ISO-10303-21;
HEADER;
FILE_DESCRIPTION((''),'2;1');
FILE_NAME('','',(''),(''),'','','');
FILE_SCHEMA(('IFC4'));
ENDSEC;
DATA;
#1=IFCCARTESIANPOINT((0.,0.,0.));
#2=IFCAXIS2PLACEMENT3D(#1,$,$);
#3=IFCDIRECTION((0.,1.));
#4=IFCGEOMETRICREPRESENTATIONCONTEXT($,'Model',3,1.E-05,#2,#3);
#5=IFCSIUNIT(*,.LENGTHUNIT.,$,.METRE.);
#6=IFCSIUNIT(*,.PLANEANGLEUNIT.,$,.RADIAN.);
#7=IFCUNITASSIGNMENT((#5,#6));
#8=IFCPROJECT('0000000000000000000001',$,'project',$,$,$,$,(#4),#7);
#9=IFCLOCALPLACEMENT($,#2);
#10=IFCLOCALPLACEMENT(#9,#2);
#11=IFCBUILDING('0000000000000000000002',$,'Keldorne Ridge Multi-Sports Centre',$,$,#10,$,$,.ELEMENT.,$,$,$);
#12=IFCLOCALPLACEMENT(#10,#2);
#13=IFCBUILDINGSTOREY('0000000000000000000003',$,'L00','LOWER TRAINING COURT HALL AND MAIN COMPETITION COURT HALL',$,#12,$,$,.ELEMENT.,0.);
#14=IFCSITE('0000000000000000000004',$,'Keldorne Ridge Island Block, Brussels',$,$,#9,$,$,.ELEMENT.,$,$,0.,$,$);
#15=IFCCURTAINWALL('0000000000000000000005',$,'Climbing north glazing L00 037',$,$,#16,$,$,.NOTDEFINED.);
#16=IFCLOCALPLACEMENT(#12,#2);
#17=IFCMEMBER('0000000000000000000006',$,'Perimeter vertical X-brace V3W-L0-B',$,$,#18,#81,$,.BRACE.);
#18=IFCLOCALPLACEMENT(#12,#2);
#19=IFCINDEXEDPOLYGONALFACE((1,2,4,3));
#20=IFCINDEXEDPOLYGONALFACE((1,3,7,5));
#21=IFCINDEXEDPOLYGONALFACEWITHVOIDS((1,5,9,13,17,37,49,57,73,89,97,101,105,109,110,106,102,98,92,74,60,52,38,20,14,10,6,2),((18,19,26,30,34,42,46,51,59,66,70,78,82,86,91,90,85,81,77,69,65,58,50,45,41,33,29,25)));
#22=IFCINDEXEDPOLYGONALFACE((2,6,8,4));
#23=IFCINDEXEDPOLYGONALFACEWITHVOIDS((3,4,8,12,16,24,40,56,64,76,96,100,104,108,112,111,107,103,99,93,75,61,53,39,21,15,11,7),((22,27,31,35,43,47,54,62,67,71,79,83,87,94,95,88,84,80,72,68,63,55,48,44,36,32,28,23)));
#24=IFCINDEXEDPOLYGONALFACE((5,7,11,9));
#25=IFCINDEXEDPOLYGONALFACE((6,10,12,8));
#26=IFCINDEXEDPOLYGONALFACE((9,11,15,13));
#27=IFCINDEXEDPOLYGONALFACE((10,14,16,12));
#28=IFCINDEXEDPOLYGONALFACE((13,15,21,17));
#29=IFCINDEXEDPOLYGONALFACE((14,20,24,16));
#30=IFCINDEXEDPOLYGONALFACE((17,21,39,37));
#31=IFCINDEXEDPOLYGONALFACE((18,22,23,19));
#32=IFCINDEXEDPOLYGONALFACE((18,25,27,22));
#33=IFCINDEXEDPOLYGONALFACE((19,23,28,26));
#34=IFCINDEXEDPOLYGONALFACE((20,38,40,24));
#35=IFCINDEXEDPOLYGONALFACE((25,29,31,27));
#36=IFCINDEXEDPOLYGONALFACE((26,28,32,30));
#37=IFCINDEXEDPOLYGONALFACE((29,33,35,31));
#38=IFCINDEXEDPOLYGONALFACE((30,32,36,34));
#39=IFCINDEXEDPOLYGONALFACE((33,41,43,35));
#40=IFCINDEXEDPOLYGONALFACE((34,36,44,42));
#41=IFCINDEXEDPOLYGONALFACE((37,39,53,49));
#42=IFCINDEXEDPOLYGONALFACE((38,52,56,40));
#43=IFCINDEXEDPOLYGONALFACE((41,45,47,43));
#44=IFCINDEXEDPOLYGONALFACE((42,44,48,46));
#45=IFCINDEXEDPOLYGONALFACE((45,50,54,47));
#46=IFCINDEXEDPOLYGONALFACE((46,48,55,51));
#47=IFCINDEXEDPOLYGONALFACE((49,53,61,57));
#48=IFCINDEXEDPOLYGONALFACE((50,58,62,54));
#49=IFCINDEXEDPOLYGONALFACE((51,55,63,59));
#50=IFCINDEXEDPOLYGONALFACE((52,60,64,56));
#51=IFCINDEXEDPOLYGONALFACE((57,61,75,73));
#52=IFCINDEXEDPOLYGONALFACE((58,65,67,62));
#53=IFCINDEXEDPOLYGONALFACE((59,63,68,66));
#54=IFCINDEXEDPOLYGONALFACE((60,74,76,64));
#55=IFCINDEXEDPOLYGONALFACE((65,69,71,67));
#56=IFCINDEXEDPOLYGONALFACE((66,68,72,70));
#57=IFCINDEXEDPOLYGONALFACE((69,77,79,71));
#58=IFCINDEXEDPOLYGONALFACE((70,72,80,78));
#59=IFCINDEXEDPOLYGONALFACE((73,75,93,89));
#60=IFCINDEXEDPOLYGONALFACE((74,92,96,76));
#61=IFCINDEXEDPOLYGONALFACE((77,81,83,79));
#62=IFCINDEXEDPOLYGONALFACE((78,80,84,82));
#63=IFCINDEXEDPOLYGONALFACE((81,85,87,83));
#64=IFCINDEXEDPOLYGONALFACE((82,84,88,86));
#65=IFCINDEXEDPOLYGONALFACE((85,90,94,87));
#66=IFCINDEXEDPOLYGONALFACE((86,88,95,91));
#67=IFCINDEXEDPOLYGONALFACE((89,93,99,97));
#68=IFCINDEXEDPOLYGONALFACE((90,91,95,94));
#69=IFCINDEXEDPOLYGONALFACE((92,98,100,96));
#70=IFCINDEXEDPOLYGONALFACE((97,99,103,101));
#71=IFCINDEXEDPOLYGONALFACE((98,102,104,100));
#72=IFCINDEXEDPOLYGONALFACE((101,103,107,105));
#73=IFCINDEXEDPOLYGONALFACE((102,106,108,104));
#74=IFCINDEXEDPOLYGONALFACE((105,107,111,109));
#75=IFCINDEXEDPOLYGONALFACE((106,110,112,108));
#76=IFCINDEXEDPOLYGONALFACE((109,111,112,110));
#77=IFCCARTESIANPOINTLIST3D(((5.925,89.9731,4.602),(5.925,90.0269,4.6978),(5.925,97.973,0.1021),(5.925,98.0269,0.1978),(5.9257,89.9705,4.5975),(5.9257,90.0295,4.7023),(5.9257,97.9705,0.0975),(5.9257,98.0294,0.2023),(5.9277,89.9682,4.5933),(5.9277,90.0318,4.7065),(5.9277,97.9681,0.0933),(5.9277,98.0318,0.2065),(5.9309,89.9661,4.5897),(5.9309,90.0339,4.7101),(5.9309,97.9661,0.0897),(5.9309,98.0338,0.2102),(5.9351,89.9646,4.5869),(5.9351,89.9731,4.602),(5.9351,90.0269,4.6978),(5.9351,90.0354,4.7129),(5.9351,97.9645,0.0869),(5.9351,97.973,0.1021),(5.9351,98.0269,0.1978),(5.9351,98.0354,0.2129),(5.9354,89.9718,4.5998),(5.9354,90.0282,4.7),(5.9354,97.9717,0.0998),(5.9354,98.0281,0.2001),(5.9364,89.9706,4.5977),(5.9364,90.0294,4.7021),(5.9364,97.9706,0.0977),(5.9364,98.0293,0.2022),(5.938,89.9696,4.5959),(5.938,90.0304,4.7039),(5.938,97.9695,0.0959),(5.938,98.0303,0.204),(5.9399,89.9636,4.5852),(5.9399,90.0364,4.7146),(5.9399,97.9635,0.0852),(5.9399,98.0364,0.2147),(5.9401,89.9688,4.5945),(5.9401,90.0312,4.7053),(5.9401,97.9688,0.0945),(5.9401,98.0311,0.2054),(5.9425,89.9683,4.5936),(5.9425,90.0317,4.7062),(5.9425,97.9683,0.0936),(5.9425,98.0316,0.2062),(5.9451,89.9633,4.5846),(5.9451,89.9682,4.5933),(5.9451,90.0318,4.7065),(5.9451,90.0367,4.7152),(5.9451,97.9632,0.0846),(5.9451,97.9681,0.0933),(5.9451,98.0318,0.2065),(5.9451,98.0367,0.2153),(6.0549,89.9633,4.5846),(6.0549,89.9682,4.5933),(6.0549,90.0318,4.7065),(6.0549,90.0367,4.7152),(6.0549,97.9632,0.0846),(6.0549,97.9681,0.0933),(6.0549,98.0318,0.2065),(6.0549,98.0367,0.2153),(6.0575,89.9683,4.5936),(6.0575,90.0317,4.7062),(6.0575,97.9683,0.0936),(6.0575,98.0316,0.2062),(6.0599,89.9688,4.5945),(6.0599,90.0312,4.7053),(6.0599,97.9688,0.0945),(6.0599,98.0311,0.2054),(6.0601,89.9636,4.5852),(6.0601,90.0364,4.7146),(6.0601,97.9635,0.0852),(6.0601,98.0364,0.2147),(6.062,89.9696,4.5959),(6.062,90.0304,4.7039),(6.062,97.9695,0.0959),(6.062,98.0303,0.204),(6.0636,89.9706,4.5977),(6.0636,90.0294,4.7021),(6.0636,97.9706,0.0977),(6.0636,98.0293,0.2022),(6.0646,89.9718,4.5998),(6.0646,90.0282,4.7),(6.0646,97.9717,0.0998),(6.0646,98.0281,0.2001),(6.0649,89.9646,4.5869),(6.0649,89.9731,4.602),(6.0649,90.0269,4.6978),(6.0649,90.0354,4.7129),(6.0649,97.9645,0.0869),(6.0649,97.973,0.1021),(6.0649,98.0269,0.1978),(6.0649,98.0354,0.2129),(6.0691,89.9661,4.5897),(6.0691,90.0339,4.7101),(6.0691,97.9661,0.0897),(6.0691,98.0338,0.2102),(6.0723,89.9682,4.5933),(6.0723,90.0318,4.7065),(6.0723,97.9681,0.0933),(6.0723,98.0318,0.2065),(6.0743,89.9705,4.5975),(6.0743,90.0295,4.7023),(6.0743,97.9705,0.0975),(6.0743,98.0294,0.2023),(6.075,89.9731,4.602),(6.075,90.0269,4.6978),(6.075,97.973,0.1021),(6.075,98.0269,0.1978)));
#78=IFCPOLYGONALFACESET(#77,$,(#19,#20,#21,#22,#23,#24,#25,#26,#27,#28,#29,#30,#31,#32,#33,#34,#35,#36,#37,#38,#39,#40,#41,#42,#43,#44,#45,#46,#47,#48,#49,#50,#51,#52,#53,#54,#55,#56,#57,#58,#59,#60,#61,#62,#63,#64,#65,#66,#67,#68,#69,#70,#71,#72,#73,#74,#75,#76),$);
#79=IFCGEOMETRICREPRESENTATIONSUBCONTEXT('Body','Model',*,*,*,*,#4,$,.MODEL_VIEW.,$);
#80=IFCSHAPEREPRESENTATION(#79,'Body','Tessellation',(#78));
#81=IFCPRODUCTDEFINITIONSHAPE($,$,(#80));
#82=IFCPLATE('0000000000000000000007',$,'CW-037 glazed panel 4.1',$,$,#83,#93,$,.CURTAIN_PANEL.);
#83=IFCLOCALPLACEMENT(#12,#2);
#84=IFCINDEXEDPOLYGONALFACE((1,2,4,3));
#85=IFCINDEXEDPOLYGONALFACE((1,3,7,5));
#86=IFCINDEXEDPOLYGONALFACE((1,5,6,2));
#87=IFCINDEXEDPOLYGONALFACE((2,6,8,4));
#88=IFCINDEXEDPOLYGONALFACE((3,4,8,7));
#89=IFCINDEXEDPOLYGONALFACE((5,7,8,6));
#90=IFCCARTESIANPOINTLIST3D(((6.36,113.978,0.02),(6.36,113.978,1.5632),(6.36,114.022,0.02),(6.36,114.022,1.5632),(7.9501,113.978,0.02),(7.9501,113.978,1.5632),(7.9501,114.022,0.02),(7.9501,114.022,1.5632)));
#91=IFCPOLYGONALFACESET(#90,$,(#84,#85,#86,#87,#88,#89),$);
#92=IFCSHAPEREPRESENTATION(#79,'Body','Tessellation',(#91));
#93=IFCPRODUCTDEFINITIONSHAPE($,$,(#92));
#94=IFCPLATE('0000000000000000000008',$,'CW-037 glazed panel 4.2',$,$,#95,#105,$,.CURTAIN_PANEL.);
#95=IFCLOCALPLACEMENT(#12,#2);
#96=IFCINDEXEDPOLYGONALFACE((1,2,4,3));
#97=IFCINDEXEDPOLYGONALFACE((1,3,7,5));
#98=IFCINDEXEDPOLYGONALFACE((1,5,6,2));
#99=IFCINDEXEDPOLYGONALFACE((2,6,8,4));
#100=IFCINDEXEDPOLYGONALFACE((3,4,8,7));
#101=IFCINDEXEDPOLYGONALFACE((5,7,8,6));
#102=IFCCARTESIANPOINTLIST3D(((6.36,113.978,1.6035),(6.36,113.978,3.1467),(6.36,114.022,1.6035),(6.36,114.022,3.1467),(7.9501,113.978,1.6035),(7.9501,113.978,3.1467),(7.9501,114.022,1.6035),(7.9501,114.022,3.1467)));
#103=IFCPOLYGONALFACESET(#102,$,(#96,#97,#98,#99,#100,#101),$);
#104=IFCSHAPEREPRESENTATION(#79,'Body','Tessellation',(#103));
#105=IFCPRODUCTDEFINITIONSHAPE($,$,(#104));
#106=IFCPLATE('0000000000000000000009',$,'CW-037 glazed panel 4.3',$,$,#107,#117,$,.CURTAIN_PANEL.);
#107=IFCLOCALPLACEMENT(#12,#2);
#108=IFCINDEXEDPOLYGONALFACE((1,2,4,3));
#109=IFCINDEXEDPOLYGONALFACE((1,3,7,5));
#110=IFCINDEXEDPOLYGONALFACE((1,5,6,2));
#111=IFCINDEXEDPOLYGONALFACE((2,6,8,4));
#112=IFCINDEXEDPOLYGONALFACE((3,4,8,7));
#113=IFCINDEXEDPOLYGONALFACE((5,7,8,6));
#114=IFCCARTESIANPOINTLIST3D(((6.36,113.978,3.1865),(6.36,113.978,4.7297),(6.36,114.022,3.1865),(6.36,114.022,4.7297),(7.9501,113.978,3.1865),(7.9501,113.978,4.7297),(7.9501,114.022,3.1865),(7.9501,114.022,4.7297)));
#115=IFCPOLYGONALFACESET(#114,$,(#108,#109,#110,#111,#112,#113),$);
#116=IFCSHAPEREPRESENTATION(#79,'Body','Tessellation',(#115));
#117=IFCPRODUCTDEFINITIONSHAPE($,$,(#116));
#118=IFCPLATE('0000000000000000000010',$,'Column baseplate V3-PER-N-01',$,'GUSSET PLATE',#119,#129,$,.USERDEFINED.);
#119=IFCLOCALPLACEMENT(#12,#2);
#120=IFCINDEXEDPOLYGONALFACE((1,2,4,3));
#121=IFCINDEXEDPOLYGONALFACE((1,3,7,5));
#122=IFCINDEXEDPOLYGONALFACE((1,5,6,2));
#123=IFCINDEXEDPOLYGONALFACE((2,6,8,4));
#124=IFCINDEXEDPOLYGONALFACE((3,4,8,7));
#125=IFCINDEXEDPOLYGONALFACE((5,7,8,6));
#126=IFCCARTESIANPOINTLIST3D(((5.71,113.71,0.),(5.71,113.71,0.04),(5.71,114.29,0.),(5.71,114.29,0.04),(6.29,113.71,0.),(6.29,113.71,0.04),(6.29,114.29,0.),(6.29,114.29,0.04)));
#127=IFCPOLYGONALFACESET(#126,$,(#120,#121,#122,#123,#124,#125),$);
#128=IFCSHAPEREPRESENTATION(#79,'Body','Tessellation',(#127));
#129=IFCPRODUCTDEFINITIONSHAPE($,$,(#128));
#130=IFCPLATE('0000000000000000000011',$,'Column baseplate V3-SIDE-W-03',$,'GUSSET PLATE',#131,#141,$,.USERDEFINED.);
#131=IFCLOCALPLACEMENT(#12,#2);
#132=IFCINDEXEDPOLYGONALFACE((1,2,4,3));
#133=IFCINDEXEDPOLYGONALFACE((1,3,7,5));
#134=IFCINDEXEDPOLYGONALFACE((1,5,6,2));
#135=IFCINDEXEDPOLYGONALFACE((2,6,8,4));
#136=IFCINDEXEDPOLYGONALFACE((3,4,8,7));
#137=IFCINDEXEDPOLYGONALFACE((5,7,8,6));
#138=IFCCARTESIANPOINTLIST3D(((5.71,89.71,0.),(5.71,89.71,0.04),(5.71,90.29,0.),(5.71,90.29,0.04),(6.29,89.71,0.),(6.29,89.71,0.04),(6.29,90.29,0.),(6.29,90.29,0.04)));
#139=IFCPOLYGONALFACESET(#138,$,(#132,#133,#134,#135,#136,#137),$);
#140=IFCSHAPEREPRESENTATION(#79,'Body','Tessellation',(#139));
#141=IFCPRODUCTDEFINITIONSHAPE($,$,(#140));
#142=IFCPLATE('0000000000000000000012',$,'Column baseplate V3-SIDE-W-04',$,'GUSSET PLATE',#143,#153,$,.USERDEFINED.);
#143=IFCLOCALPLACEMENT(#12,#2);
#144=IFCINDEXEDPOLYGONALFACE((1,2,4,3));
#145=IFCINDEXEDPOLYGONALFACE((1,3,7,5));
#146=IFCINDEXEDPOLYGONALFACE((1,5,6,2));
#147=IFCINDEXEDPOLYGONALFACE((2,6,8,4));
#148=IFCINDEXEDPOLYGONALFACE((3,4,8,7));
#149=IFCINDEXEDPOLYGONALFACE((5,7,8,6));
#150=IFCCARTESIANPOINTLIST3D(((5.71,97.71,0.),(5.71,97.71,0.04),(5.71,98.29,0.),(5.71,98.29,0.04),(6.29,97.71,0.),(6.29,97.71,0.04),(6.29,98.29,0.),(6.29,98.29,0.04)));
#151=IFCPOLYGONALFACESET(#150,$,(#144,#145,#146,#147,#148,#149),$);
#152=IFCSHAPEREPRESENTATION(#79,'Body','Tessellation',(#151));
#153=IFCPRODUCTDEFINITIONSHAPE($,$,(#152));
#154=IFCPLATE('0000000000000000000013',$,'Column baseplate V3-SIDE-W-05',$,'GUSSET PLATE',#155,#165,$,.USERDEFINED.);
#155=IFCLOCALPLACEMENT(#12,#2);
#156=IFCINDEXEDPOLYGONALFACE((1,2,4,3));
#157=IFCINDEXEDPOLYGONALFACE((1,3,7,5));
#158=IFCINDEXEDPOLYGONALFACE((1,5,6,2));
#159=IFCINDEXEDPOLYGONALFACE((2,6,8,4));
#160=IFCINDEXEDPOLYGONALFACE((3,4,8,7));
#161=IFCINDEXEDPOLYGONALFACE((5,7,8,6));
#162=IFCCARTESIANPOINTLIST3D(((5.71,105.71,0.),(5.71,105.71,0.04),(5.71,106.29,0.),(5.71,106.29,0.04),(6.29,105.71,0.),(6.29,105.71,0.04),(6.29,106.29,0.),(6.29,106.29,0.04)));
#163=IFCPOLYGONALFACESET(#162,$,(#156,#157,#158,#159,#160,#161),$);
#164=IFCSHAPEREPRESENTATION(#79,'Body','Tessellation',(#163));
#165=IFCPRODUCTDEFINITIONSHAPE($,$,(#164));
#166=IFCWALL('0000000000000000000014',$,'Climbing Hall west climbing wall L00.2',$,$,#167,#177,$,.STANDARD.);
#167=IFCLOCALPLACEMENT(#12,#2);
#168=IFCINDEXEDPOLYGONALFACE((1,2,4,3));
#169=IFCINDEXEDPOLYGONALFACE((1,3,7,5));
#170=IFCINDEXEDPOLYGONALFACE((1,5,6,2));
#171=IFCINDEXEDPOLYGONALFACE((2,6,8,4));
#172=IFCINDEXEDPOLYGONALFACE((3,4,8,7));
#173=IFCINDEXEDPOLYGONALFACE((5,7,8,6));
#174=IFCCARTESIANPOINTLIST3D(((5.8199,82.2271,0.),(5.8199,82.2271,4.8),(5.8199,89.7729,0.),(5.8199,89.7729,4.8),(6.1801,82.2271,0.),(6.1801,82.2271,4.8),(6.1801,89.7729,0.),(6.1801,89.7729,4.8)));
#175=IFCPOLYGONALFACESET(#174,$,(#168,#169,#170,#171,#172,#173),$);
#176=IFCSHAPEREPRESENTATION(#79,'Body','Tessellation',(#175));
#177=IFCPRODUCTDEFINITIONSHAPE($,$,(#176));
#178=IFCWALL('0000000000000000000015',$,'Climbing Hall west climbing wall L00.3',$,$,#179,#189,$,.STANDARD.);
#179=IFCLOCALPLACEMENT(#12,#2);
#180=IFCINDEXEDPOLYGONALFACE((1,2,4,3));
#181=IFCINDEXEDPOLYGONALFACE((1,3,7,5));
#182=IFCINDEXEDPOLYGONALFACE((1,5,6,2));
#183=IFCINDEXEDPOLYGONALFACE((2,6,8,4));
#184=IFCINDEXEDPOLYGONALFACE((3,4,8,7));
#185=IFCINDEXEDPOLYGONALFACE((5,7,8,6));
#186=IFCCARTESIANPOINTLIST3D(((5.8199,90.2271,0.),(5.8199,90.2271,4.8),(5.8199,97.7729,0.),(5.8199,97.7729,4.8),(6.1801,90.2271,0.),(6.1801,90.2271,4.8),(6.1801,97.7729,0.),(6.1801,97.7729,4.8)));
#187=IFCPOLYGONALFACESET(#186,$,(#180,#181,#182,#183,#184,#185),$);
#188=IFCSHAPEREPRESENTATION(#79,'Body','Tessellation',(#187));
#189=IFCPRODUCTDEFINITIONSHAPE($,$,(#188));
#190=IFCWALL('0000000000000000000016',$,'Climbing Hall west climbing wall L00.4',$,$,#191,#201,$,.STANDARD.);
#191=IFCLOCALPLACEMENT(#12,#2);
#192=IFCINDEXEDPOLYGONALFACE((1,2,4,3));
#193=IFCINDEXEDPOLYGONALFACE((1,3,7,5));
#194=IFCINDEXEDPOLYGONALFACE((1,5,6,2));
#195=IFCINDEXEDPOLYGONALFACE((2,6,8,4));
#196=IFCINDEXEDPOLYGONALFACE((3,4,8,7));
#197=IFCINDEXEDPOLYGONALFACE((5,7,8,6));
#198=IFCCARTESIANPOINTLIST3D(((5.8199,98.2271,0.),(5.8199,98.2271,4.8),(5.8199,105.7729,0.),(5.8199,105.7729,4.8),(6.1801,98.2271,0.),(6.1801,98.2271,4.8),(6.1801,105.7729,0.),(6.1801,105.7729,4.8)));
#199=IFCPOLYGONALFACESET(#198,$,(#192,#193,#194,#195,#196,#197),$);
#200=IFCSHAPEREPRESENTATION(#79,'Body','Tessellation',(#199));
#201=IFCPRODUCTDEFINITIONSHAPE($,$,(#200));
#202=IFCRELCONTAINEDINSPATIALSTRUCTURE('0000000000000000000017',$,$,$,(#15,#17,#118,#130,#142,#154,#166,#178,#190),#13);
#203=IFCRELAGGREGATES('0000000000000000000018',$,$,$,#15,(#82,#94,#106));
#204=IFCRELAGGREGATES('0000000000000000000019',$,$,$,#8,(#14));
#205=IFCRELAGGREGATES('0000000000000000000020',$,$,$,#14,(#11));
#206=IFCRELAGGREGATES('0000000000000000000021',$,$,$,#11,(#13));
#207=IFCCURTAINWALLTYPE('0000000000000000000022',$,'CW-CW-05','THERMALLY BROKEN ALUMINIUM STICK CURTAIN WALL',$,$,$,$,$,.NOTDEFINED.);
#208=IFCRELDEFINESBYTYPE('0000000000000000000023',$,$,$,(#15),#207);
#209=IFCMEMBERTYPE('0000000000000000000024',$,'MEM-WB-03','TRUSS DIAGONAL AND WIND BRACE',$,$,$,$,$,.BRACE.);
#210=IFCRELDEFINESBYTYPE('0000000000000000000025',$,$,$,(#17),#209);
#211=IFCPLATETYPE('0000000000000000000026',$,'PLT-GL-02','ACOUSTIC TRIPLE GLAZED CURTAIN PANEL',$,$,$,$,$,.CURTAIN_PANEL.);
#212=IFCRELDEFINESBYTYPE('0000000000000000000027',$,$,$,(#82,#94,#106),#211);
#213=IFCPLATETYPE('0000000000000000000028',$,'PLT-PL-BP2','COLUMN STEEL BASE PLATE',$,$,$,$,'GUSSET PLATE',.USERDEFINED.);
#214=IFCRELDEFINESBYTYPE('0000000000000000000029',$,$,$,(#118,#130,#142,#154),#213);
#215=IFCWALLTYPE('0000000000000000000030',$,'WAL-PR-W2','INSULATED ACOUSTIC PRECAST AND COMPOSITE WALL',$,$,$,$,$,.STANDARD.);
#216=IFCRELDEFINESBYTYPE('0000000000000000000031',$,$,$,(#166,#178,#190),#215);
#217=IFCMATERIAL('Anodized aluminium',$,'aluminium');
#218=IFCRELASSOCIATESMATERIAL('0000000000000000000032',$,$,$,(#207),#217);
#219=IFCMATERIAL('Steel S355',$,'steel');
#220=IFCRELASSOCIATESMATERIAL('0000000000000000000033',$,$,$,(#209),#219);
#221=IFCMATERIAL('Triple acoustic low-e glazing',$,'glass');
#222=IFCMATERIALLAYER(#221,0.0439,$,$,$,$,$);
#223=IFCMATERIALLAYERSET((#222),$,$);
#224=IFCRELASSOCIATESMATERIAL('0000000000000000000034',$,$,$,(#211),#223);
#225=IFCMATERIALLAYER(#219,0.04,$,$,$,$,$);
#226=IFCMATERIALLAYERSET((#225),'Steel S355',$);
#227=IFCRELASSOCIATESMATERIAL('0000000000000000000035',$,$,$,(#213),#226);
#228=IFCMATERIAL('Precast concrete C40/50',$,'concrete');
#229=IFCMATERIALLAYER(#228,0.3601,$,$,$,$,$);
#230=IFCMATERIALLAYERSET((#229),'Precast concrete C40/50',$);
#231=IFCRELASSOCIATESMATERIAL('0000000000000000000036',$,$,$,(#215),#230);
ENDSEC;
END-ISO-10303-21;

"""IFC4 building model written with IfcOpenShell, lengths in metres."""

from ifc_helpers import new_model, si_unit, direction, frame, frame_2d, origin, origin_2d, place, context, subcontext, project, spatial, rectangle, hollow_rectangle, extrude, material, layer, layer_set, material_profile, profile_set, type_object, element, aggregate, save


model = new_model("IFC4")

# Units and contexts
model_context = context("Model", 3, precision=1e-05, world=origin(), true_north=direction((0.0, 1.0)))
body_context = subcontext(model_context, "Body", "Model", "MODEL_VIEW")
ifc_project = project(units=[si_unit("LENGTHUNIT", "METRE"), si_unit("PLANEANGLEUNIT", "RADIAN")], contexts=[model_context])

# Site, building, storey
site_placement = place(None, origin())
site = spatial("IfcSite", under=ifc_project, at=site_placement, Name="Keldorne Ridge Island Block, Brussels", CompositionType="ELEMENT", RefElevation=0.0)
building_placement = place(site_placement, origin())
building = spatial("IfcBuilding", under=site, at=building_placement, Name="Keldorne Ridge Multi-Sports Centre", CompositionType="ELEMENT")
storey_placement = place(building_placement, origin())
storey = spatial("IfcBuildingStorey", under=building, at=storey_placement, Name="L00", Description="LOWER TRAINING COURT HALL AND MAIN COMPETITION COURT HALL", CompositionType="ELEMENT", Elevation=0.0)

# Shared definitions
ifc_material_1 = material(Name="Steel S355", Category="steel")

# Curtain wall
ifc_material_2 = material(Name="Anodized aluminium", Category="aluminium")
curtain_wall_type = type_object("IfcCurtainWallType", Name="CW-CW-05", Description="THERMALLY BROKEN ALUMINIUM STICK CURTAIN WALL", PredefinedType="NOTDEFINED", material=ifc_material_2)
curtain_wall_placement = place(storey_placement, origin())
curtain_wall = element("IfcCurtainWall", 1, at=curtain_wall_placement, inside=storey, type_object=curtain_wall_type, Name="Climbing north glazing L00 037", PredefinedType="NOTDEFINED")

# Member
ifc_material_profile_1 = material_profile(ifc_material_1, hollow_rectangle(XDim=0.1499, YDim=0.1499, WallThickness=0.01, InnerFilletRadius=0.01, OuterFilletRadius=0.02, at=origin_2d()), Name="SHS 150x150x10")
ifc_profile_set_1 = profile_set([ifc_material_profile_1], Name="Steel S355")
member_type_1 = type_object("IfcMemberType", Name="MEM-WB-03", Description="TRUSS DIAGONAL AND WIND BRACE", PredefinedType="BRACE", material=ifc_profile_set_1)
for number, where, z_axis, x_axis, name in (
    (2, (6.0, 90.0, 4.6499), (0.0, 0.871576, -0.490261), (-1.0, 0.0, 0.0), "Perimeter vertical X-brace V3W-L0-B"),
):
    element("IfcMember", number, at=place(storey_placement, frame(where, z_axis=z_axis, x_axis=x_axis)), inside=storey, type_object=member_type_1, Name=name, PredefinedType="BRACE", context=body_context, shape_type="SweptSolid", body=[
        extrude(hollow_rectangle(XDim=0.1499, YDim=0.1499, WallThickness=0.01, InnerFilletRadius=0.01, OuterFilletRadius=0.02, at=origin_2d()), origin(), (0.0, 0.0, 1.0), 9.1787),
    ])

# Plates
ifc_material_3 = material(Name="Triple acoustic low-e glazing", Category="glass")
ifc_layer_1 = layer(ifc_material_3, 0.0439)
ifc_layer_set_1 = layer_set([ifc_layer_1])
plate_type_1 = type_object("IfcPlateType", Name="PLT-GL-02", Description="ACOUSTIC TRIPLE GLAZED CURTAIN PANEL", PredefinedType="CURTAIN_PANEL", material=ifc_layer_set_1)
plate_1_placement = place(storey_placement, frame((7.155, 114.0, 0.02), z_axis=(0.0, 0.0, 1.0), x_axis=(-1.0, 0.0, 0.0)))
plate_1 = element("IfcPlate", 3, at=plate_1_placement, type_object=plate_type_1, Name="CW-037 glazed panel 4.1", PredefinedType="CURTAIN_PANEL", context=body_context, shape_type="SweptSolid", body=[
    extrude(rectangle(XDim=1.5901, YDim=0.0439, at=origin_2d()), origin(), (0.0, 0.0, 1.0), 1.5432),
])
plate_2_placement = place(storey_placement, frame((7.155, 114.0, 1.6035), z_axis=(0.0, 0.0, 1.0), x_axis=(-1.0, 0.0, 0.0)))
plate_2 = element("IfcPlate", 4, at=plate_2_placement, type_object=plate_type_1, Name="CW-037 glazed panel 4.2", PredefinedType="CURTAIN_PANEL", context=body_context, shape_type="SweptSolid", body=[
    extrude(rectangle(XDim=1.5901, YDim=0.0439, at=origin_2d()), origin(), (0.0, 0.0, 1.0), 1.5432),
])
plate_3_placement = place(storey_placement, frame((7.155, 114.0, 3.1865), z_axis=(0.0, 0.0, 1.0), x_axis=(-1.0, 0.0, 0.0)))
plate_3 = element("IfcPlate", 5, at=plate_3_placement, type_object=plate_type_1, Name="CW-037 glazed panel 4.3", PredefinedType="CURTAIN_PANEL", context=body_context, shape_type="SweptSolid", body=[
    extrude(rectangle(XDim=1.5901, YDim=0.0439, at=origin_2d()), origin(), (0.0, 0.0, 1.0), 1.5432),
])
aggregate(curtain_wall, [plate_1, plate_2, plate_3])

# Plates
ifc_layer_2 = layer(ifc_material_1, 0.04)
ifc_layer_set_2 = layer_set([ifc_layer_2], Name="Steel S355")
plate_type_2 = type_object("IfcPlateType", Name="PLT-PL-BP2", Description="COLUMN STEEL BASE PLATE", ElementType="GUSSET PLATE", PredefinedType="USERDEFINED", material=ifc_layer_set_2)
for number, where, z_axis, x_axis, name in (
    (6, (6.0, 114.0, 0.0), (0.0, 0.0, 1.0), (1.0, 0.0, 0.0), "Column baseplate V3-PER-N-01"),
    (7, (6.0, 90.0, 0.0), (0.0, 0.0, 1.0), (1.0, 0.0, 0.0), "Column baseplate V3-SIDE-W-03"),
    (8, (6.0, 98.0, 0.0), (0.0, 0.0, 1.0), (1.0, 0.0, 0.0), "Column baseplate V3-SIDE-W-04"),
    (9, (6.0, 106.0, 0.0), (0.0, 0.0, 1.0), (1.0, 0.0, 0.0), "Column baseplate V3-SIDE-W-05"),
):
    element("IfcPlate", number, at=place(storey_placement, frame(where, z_axis=z_axis, x_axis=x_axis)), inside=storey, type_object=plate_type_2, Name=name, ObjectType="GUSSET PLATE", PredefinedType="USERDEFINED", context=body_context, shape_type="SweptSolid", body=[
        extrude(rectangle(XDim=0.5801, YDim=0.5801, at=origin_2d()), origin(), (0.0, 0.0, 1.0), 0.04),
    ])

# Walls
ifc_material_4 = material(Name="Precast concrete C40/50", Category="concrete")
ifc_layer_3 = layer(ifc_material_4, 0.3601)
ifc_layer_set_3 = layer_set([ifc_layer_3], Name="Precast concrete C40/50")
wall_type_1 = type_object("IfcWallType", Name="WAL-PR-W2", Description="INSULATED ACOUSTIC PRECAST AND COMPOSITE WALL", PredefinedType="STANDARD", material=ifc_layer_set_3)
for number, where, z_axis, x_axis, name in (
    (10, (6.0, 89.7729, 0.0), (0.0, 0.0, 1.0), (0.0, -1.0, 0.0), "Climbing Hall west climbing wall L00.2"),
    (11, (6.0, 97.7729, 0.0), (0.0, 0.0, 1.0), (0.0, -1.0, 0.0), "Climbing Hall west climbing wall L00.3"),
    (12, (6.0, 105.7729, 0.0), (0.0, 0.0, 1.0), (0.0, -1.0, 0.0), "Climbing Hall west climbing wall L00.4"),
):
    element("IfcWall", number, at=place(storey_placement, frame(where, z_axis=z_axis, x_axis=x_axis)), inside=storey, type_object=wall_type_1, Name=name, PredefinedType="STANDARD", context=body_context, shape_type="SweptSolid", body=[
        extrude(rectangle(XDim=7.5459, YDim=0.3601, at=frame_2d((3.7729, 0.0))), origin(), (0.0, 0.0, 1.0), 4.8),
    ])

save(model, "model.ifc")
